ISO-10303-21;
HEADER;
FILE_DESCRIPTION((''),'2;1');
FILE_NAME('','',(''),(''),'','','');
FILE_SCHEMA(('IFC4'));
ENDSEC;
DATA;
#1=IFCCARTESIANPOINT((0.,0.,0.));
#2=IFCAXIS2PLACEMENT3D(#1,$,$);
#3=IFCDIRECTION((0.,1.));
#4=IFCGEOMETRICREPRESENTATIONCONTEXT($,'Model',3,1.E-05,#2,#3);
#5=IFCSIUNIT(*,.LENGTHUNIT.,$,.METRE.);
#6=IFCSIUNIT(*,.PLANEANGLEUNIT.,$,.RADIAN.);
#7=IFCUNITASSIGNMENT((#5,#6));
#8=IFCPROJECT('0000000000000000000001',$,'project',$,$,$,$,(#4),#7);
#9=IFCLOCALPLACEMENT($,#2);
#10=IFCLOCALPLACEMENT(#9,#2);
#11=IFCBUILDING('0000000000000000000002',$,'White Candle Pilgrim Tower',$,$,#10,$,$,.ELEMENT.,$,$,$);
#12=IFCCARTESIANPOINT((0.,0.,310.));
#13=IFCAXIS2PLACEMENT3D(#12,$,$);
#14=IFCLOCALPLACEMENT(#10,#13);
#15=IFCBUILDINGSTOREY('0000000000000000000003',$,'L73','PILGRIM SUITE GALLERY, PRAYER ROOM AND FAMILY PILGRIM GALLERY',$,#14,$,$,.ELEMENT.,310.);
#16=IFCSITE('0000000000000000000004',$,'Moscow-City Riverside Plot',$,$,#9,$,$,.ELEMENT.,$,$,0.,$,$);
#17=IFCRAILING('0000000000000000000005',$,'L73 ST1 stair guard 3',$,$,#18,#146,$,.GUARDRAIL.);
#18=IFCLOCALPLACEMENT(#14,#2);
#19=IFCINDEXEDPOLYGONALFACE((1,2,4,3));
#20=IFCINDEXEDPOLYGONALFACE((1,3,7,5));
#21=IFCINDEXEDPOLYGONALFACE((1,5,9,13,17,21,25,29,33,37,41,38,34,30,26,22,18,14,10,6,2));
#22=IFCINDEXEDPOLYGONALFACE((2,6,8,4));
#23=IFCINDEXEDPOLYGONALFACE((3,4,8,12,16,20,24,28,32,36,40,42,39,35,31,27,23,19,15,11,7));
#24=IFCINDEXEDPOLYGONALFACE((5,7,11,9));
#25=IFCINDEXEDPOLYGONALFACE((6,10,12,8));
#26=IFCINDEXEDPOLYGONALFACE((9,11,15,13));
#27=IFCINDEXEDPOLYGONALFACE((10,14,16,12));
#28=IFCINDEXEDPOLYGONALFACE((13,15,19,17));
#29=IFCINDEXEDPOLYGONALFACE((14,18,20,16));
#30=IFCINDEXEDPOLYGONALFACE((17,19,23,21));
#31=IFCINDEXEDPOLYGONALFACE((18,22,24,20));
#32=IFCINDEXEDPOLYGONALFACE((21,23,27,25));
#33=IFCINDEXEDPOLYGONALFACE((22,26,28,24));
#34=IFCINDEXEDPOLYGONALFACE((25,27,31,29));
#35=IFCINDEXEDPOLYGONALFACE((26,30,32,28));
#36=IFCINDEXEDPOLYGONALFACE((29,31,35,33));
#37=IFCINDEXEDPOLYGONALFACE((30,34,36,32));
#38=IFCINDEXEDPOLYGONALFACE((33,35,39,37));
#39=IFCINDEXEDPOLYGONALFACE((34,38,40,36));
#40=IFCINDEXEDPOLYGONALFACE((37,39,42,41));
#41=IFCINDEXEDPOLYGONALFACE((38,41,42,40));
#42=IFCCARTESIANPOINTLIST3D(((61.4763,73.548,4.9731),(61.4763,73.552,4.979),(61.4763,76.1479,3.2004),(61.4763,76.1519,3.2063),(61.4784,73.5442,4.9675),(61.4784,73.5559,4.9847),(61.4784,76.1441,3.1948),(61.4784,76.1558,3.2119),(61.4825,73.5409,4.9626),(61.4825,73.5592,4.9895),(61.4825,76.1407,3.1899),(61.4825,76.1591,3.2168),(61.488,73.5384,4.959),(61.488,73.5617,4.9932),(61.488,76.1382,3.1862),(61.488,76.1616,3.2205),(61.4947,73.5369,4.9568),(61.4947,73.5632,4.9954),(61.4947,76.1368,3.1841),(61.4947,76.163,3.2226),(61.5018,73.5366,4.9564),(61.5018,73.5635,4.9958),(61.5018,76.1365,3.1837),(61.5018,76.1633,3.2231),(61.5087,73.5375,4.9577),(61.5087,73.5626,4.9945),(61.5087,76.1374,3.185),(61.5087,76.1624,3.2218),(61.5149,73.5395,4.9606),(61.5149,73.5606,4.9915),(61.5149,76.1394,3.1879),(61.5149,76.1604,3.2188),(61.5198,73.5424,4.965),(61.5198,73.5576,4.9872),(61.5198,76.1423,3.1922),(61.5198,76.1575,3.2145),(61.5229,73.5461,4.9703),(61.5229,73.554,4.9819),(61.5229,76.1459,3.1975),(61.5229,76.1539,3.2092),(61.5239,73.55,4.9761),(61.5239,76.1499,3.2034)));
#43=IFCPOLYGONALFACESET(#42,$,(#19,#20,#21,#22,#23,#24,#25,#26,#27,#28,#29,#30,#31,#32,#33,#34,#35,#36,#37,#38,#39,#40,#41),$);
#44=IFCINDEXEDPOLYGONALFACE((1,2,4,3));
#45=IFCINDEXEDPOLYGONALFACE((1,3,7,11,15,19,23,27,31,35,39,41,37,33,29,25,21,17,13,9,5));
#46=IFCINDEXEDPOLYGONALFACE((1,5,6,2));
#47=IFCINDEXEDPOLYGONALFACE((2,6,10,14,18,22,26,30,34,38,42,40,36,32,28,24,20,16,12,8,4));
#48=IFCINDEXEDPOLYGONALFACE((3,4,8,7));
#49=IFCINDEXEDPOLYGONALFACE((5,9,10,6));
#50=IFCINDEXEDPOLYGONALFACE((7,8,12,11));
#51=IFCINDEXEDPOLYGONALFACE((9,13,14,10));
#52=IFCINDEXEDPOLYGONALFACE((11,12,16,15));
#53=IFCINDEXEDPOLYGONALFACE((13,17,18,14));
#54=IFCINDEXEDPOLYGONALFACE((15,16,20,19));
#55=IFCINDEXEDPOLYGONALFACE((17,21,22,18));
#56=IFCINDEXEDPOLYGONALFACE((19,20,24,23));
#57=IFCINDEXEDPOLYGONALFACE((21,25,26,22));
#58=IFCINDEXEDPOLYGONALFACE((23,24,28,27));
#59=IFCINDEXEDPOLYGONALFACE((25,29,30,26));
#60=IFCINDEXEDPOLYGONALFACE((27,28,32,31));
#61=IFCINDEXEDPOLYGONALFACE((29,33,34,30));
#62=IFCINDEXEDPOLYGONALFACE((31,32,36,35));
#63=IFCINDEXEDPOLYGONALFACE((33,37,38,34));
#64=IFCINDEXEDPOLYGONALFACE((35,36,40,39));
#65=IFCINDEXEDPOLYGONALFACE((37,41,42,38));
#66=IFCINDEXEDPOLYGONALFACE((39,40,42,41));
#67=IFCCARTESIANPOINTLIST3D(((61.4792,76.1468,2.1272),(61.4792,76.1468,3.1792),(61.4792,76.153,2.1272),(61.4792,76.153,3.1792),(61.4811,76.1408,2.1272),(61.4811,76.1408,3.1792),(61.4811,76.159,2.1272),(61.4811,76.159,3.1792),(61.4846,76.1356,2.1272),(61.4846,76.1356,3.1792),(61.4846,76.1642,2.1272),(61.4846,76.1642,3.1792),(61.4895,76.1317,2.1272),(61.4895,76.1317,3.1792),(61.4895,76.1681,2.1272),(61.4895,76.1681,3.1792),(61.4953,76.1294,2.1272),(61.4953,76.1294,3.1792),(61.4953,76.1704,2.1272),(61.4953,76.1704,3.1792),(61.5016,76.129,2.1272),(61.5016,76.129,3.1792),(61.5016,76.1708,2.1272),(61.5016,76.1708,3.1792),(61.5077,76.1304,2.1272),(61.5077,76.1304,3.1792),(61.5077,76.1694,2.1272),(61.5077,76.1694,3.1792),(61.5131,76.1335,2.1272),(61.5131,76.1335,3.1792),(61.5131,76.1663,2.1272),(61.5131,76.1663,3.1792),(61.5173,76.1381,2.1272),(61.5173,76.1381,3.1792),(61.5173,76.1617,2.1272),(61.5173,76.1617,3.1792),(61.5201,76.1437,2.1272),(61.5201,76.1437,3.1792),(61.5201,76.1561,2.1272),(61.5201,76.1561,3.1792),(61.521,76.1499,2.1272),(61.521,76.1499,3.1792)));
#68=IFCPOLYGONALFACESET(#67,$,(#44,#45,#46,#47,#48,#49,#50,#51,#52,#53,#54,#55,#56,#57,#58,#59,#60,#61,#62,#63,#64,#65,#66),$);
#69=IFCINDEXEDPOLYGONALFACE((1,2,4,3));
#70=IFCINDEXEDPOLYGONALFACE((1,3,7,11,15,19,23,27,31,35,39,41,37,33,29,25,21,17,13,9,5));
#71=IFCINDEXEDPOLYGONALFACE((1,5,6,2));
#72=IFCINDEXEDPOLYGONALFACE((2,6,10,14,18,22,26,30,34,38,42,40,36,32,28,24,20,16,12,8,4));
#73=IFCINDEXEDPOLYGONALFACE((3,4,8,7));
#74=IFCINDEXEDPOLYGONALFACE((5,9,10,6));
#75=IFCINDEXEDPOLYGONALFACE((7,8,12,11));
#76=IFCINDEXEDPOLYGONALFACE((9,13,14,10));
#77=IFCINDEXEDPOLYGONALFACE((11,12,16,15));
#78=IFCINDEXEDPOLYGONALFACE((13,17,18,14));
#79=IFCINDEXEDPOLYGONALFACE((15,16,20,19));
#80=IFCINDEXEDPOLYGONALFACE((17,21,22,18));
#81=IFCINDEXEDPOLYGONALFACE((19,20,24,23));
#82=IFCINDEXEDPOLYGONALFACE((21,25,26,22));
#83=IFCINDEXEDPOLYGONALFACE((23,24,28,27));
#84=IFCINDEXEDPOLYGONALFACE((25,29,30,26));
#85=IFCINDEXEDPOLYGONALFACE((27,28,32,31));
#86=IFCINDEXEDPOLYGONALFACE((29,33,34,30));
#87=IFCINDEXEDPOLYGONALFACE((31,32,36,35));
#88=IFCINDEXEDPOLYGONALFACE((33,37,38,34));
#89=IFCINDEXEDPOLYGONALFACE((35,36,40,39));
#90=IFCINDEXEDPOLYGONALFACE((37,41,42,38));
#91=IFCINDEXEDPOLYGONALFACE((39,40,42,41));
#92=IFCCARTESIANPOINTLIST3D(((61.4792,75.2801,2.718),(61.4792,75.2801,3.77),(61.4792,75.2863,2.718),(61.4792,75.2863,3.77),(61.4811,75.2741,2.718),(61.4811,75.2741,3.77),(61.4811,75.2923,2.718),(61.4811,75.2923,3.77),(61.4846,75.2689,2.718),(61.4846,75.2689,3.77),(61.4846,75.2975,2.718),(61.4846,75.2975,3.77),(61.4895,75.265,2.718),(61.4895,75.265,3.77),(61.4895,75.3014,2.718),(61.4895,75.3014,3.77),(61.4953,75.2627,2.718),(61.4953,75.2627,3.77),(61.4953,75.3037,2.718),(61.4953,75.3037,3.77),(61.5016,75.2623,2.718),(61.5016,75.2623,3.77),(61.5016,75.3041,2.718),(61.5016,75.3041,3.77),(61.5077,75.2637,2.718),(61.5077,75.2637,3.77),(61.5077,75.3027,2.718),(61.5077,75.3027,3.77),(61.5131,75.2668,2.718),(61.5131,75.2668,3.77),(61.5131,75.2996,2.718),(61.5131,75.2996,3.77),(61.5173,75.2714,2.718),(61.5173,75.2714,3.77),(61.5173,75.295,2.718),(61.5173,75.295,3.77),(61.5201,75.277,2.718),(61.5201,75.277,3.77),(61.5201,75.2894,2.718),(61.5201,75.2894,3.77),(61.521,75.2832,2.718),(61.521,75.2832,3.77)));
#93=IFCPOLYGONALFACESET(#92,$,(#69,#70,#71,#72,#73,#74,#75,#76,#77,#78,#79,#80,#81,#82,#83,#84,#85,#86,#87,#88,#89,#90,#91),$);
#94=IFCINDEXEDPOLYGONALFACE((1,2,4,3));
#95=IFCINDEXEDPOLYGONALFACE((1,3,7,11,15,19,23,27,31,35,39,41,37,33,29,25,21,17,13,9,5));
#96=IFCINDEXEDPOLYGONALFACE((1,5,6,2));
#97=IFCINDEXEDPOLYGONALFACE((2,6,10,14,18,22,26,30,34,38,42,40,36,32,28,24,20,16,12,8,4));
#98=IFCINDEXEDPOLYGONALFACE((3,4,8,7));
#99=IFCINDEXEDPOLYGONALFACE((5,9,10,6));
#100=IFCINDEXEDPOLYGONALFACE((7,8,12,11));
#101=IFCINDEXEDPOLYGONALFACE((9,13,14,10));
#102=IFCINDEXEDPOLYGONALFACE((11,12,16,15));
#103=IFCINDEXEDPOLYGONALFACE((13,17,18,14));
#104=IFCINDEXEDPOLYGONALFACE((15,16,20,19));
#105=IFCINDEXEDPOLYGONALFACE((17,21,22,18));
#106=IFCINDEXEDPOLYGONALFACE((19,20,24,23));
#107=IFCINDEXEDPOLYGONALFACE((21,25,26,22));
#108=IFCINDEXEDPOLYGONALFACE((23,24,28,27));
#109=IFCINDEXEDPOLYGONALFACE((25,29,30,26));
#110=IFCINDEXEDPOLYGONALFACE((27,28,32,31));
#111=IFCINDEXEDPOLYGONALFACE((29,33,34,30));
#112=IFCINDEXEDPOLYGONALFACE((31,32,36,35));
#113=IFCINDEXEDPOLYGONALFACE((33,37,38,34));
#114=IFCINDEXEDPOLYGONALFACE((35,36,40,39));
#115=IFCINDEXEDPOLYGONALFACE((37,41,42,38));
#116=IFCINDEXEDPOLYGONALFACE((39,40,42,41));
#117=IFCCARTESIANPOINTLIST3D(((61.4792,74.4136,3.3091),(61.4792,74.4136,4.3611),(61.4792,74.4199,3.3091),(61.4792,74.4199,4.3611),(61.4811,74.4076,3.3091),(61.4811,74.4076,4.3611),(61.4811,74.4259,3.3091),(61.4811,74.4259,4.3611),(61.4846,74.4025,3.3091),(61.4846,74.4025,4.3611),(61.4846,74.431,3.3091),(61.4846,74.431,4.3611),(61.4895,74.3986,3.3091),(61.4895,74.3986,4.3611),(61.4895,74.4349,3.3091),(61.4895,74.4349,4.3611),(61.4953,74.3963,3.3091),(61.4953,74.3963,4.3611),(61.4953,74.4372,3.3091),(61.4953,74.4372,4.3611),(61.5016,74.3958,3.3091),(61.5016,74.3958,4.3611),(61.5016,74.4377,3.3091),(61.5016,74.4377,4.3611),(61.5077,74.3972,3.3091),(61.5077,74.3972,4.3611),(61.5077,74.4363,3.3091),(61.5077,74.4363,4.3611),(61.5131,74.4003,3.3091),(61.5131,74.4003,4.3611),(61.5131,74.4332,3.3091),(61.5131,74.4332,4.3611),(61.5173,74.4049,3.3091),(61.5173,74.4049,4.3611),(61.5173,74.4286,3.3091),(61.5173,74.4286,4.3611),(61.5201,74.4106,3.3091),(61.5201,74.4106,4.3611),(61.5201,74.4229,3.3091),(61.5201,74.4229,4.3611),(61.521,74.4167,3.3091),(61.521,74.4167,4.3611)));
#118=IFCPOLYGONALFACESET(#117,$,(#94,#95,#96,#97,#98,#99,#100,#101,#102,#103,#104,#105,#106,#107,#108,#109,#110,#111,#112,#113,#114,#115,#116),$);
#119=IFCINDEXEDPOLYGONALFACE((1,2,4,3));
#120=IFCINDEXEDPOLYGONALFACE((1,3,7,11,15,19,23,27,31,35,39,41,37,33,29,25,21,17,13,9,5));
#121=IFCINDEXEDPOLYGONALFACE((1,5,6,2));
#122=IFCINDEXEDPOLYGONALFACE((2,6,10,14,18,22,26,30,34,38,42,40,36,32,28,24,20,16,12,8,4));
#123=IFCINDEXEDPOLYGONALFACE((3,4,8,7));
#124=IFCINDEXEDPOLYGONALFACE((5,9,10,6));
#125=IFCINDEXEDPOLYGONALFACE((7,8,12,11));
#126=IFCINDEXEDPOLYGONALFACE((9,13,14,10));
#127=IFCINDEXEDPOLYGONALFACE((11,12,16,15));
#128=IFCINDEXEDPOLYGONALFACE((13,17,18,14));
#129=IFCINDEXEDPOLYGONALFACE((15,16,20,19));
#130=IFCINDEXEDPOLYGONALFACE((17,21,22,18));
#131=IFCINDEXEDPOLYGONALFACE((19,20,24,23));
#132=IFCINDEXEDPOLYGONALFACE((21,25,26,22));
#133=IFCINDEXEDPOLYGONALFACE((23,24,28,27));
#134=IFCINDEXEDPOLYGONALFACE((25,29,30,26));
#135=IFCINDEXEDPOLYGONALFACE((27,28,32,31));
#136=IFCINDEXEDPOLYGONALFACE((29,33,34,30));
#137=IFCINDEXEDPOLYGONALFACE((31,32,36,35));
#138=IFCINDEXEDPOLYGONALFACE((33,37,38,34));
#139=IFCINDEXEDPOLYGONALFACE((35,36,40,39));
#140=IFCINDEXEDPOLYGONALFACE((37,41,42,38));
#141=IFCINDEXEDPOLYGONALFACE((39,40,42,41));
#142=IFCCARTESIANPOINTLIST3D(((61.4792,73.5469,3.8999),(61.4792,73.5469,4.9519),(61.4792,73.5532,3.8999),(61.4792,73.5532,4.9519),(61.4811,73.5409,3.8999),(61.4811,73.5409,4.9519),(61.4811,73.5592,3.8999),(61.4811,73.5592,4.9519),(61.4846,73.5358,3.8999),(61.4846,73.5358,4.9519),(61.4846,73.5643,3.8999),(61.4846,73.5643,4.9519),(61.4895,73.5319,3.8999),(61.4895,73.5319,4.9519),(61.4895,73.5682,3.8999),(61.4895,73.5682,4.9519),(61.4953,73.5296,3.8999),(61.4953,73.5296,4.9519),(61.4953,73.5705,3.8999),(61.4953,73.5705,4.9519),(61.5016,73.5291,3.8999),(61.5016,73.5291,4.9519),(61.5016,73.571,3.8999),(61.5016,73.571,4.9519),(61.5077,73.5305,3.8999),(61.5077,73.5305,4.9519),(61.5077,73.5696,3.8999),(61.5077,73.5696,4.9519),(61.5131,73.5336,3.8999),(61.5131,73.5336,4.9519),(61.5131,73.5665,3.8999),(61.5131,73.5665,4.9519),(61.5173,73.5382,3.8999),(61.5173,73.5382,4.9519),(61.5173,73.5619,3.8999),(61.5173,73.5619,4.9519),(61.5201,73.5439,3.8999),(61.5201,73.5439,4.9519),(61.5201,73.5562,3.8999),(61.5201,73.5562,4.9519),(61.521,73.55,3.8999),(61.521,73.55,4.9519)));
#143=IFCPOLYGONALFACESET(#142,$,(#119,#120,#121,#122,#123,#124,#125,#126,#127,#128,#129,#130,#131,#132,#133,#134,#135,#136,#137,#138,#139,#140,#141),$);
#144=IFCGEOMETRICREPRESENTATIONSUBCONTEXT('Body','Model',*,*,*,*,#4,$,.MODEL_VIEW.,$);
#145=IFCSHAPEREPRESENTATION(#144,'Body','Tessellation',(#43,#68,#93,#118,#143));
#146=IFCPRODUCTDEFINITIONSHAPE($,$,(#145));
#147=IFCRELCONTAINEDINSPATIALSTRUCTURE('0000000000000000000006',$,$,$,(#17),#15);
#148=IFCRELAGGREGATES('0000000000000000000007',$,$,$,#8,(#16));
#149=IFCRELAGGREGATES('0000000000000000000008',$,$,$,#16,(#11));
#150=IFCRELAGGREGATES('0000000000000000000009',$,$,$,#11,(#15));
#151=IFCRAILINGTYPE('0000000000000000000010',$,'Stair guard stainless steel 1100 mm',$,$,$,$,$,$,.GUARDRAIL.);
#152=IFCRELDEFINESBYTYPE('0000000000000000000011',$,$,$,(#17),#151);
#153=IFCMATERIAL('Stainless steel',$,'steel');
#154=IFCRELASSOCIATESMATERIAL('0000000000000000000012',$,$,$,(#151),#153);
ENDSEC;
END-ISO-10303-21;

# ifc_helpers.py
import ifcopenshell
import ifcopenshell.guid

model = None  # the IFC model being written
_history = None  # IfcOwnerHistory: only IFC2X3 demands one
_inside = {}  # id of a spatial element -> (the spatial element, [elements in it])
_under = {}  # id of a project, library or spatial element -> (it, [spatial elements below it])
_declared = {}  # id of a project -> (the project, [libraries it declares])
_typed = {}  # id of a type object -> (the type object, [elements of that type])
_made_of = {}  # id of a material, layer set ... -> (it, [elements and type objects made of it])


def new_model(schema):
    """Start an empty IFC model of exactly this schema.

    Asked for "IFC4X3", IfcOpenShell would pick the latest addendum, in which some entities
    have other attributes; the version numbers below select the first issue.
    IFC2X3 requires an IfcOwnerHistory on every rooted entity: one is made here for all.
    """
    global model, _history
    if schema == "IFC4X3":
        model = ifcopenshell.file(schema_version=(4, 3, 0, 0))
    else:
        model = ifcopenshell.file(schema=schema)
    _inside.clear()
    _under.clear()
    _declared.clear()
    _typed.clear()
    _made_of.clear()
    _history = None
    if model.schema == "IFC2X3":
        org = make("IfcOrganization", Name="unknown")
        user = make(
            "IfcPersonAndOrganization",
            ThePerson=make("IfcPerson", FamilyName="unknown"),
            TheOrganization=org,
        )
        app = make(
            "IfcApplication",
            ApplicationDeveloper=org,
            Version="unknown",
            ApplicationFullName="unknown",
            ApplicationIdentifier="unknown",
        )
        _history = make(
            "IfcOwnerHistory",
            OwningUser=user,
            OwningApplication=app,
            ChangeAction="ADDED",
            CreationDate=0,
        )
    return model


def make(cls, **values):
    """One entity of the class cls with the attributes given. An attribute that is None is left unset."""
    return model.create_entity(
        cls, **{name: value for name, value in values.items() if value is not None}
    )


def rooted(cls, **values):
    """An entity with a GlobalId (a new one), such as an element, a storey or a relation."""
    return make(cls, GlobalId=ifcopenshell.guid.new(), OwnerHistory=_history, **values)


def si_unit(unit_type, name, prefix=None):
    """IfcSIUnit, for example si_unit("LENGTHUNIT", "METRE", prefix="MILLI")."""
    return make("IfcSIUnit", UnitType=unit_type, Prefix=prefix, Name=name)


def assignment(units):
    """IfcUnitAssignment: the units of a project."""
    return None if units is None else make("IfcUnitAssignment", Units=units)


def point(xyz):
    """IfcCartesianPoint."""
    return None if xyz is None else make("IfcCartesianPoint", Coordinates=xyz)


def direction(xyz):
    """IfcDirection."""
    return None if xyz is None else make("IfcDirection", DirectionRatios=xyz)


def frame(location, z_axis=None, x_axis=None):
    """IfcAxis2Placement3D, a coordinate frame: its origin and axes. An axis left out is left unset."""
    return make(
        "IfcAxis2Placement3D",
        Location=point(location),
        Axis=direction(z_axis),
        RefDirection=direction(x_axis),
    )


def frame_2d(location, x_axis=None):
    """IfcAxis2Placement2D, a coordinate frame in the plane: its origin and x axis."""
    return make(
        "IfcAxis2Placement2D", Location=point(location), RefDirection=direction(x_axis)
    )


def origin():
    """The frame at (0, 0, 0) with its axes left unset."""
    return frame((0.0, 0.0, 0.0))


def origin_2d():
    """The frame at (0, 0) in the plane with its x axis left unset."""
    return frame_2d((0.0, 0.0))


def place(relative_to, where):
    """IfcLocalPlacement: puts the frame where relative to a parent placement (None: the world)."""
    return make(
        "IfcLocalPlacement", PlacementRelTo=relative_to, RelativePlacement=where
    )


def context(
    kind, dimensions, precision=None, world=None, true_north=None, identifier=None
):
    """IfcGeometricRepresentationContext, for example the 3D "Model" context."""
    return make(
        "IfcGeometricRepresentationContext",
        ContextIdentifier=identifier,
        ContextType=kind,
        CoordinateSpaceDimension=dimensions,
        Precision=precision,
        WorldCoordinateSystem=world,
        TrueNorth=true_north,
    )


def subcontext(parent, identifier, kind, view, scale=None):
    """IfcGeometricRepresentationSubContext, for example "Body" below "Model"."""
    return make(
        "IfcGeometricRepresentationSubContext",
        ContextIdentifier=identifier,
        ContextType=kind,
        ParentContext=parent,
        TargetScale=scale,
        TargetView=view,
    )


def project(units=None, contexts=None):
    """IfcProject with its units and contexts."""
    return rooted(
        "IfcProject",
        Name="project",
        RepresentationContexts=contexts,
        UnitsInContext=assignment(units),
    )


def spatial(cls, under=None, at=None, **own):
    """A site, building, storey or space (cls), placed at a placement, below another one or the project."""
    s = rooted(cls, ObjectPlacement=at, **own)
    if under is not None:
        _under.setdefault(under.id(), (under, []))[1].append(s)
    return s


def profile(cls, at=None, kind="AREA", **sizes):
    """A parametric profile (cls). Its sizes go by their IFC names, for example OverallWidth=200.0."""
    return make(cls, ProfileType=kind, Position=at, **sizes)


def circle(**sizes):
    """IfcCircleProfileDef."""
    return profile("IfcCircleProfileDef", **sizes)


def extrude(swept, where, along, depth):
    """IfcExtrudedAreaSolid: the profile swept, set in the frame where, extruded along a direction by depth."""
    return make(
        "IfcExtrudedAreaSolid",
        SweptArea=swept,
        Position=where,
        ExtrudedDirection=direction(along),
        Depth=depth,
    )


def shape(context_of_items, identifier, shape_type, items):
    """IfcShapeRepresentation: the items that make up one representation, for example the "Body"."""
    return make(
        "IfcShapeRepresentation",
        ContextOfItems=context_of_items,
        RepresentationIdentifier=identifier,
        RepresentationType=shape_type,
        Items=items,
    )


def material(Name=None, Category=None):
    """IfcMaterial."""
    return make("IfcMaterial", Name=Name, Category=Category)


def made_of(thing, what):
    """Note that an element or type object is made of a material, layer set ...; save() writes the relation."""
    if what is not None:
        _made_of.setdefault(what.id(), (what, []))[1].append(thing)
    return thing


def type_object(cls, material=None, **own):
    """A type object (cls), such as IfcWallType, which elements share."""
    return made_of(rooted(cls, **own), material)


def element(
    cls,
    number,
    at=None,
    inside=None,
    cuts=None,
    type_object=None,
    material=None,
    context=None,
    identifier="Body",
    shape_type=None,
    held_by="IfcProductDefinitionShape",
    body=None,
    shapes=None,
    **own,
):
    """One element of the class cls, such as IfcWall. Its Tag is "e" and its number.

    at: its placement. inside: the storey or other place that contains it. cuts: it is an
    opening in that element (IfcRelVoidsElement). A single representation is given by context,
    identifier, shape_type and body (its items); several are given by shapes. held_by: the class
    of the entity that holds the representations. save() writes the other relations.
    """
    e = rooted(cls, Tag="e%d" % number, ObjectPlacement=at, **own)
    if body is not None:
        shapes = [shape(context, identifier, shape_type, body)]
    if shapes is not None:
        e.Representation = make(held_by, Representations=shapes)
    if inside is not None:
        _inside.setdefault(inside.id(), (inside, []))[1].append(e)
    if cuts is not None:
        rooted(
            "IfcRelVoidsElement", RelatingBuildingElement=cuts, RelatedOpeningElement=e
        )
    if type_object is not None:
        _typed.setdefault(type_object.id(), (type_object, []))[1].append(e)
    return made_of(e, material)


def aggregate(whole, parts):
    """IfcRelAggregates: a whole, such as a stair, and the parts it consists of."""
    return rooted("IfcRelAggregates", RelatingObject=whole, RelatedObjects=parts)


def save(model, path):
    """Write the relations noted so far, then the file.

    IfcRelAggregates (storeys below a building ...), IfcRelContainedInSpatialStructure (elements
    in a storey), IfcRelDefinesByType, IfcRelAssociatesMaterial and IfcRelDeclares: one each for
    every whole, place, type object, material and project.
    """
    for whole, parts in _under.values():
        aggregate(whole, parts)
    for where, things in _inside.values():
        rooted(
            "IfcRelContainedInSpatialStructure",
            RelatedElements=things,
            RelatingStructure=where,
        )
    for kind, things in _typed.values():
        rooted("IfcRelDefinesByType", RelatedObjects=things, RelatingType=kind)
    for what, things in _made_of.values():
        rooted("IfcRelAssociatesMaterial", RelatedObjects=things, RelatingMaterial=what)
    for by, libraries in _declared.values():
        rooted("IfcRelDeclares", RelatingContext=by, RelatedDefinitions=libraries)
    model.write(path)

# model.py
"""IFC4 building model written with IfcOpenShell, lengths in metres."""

from ifc_helpers import new_model, si_unit, direction, frame, origin, origin_2d, place, context, subcontext, project, spatial, circle, extrude, material, type_object, element, save


model = new_model("IFC4")

# Units and contexts
model_context = context("Model", 3, precision=1e-05, world=origin(), true_north=direction((0.0, 1.0)))
body_context = subcontext(model_context, "Body", "Model", "MODEL_VIEW")
ifc_project = project(units=[si_unit("LENGTHUNIT", "METRE"), si_unit("PLANEANGLEUNIT", "RADIAN")], contexts=[model_context])

# Site, building, storey
site_placement = place(None, origin())
site = spatial("IfcSite", under=ifc_project, at=site_placement, Name="Moscow-City Riverside Plot", CompositionType="ELEMENT", RefElevation=0.0)
building_placement = place(site_placement, origin())
building = spatial("IfcBuilding", under=site, at=building_placement, Name="White Candle Pilgrim Tower", CompositionType="ELEMENT")
storey_placement = place(building_placement, frame((0.0, 0.0, 310.0)))
storey = spatial("IfcBuildingStorey", under=building, at=storey_placement, Name="L73", Description="PILGRIM SUITE GALLERY, PRAYER ROOM AND FAMILY PILGRIM GALLERY", CompositionType="ELEMENT", Elevation=310.0)

# Shared definitions
ifc_material_1 = material(Name="Stainless steel", Category="steel")

# Railing
railing_type = type_object("IfcRailingType", Name="Stair guard stainless steel 1100 mm", PredefinedType="GUARDRAIL", material=ifc_material_1)
railing_1_placement = place(storey_placement, frame((61.5, 76.1499, 2.1272)))
element("IfcRailing", 1, at=railing_1_placement, inside=storey, type_object=railing_type, Name="L73 ST1 stair guard 3", PredefinedType="GUARDRAIL", context=body_context, shape_type="SweptSolid", body=[
    extrude(circle(Radius=0.0239, at=origin_2d()), frame((0.0, 0.0, 1.0762), z_axis=(0.0, -0.826216, 0.563354), x_axis=(1.0, 0.0, 0.0)), (0.0, 0.0, 1.0), 3.1467),
    extrude(circle(Radius=0.021, at=origin_2d()), origin(), (0.0, 0.0, 1.0), 1.052),
    extrude(circle(Radius=0.021, at=origin_2d()), frame((0.0, -0.8667, 0.5908)), (0.0, 0.0, 1.0), 1.052),
    extrude(circle(Radius=0.021, at=origin_2d()), frame((0.0, -1.7332, 1.1819)), (0.0, 0.0, 1.0), 1.052),
    extrude(circle(Radius=0.021, at=origin_2d()), frame((0.0, -2.5999, 1.7727)), (0.0, 0.0, 1.0), 1.052),
])

save(model, "model.ifc")
